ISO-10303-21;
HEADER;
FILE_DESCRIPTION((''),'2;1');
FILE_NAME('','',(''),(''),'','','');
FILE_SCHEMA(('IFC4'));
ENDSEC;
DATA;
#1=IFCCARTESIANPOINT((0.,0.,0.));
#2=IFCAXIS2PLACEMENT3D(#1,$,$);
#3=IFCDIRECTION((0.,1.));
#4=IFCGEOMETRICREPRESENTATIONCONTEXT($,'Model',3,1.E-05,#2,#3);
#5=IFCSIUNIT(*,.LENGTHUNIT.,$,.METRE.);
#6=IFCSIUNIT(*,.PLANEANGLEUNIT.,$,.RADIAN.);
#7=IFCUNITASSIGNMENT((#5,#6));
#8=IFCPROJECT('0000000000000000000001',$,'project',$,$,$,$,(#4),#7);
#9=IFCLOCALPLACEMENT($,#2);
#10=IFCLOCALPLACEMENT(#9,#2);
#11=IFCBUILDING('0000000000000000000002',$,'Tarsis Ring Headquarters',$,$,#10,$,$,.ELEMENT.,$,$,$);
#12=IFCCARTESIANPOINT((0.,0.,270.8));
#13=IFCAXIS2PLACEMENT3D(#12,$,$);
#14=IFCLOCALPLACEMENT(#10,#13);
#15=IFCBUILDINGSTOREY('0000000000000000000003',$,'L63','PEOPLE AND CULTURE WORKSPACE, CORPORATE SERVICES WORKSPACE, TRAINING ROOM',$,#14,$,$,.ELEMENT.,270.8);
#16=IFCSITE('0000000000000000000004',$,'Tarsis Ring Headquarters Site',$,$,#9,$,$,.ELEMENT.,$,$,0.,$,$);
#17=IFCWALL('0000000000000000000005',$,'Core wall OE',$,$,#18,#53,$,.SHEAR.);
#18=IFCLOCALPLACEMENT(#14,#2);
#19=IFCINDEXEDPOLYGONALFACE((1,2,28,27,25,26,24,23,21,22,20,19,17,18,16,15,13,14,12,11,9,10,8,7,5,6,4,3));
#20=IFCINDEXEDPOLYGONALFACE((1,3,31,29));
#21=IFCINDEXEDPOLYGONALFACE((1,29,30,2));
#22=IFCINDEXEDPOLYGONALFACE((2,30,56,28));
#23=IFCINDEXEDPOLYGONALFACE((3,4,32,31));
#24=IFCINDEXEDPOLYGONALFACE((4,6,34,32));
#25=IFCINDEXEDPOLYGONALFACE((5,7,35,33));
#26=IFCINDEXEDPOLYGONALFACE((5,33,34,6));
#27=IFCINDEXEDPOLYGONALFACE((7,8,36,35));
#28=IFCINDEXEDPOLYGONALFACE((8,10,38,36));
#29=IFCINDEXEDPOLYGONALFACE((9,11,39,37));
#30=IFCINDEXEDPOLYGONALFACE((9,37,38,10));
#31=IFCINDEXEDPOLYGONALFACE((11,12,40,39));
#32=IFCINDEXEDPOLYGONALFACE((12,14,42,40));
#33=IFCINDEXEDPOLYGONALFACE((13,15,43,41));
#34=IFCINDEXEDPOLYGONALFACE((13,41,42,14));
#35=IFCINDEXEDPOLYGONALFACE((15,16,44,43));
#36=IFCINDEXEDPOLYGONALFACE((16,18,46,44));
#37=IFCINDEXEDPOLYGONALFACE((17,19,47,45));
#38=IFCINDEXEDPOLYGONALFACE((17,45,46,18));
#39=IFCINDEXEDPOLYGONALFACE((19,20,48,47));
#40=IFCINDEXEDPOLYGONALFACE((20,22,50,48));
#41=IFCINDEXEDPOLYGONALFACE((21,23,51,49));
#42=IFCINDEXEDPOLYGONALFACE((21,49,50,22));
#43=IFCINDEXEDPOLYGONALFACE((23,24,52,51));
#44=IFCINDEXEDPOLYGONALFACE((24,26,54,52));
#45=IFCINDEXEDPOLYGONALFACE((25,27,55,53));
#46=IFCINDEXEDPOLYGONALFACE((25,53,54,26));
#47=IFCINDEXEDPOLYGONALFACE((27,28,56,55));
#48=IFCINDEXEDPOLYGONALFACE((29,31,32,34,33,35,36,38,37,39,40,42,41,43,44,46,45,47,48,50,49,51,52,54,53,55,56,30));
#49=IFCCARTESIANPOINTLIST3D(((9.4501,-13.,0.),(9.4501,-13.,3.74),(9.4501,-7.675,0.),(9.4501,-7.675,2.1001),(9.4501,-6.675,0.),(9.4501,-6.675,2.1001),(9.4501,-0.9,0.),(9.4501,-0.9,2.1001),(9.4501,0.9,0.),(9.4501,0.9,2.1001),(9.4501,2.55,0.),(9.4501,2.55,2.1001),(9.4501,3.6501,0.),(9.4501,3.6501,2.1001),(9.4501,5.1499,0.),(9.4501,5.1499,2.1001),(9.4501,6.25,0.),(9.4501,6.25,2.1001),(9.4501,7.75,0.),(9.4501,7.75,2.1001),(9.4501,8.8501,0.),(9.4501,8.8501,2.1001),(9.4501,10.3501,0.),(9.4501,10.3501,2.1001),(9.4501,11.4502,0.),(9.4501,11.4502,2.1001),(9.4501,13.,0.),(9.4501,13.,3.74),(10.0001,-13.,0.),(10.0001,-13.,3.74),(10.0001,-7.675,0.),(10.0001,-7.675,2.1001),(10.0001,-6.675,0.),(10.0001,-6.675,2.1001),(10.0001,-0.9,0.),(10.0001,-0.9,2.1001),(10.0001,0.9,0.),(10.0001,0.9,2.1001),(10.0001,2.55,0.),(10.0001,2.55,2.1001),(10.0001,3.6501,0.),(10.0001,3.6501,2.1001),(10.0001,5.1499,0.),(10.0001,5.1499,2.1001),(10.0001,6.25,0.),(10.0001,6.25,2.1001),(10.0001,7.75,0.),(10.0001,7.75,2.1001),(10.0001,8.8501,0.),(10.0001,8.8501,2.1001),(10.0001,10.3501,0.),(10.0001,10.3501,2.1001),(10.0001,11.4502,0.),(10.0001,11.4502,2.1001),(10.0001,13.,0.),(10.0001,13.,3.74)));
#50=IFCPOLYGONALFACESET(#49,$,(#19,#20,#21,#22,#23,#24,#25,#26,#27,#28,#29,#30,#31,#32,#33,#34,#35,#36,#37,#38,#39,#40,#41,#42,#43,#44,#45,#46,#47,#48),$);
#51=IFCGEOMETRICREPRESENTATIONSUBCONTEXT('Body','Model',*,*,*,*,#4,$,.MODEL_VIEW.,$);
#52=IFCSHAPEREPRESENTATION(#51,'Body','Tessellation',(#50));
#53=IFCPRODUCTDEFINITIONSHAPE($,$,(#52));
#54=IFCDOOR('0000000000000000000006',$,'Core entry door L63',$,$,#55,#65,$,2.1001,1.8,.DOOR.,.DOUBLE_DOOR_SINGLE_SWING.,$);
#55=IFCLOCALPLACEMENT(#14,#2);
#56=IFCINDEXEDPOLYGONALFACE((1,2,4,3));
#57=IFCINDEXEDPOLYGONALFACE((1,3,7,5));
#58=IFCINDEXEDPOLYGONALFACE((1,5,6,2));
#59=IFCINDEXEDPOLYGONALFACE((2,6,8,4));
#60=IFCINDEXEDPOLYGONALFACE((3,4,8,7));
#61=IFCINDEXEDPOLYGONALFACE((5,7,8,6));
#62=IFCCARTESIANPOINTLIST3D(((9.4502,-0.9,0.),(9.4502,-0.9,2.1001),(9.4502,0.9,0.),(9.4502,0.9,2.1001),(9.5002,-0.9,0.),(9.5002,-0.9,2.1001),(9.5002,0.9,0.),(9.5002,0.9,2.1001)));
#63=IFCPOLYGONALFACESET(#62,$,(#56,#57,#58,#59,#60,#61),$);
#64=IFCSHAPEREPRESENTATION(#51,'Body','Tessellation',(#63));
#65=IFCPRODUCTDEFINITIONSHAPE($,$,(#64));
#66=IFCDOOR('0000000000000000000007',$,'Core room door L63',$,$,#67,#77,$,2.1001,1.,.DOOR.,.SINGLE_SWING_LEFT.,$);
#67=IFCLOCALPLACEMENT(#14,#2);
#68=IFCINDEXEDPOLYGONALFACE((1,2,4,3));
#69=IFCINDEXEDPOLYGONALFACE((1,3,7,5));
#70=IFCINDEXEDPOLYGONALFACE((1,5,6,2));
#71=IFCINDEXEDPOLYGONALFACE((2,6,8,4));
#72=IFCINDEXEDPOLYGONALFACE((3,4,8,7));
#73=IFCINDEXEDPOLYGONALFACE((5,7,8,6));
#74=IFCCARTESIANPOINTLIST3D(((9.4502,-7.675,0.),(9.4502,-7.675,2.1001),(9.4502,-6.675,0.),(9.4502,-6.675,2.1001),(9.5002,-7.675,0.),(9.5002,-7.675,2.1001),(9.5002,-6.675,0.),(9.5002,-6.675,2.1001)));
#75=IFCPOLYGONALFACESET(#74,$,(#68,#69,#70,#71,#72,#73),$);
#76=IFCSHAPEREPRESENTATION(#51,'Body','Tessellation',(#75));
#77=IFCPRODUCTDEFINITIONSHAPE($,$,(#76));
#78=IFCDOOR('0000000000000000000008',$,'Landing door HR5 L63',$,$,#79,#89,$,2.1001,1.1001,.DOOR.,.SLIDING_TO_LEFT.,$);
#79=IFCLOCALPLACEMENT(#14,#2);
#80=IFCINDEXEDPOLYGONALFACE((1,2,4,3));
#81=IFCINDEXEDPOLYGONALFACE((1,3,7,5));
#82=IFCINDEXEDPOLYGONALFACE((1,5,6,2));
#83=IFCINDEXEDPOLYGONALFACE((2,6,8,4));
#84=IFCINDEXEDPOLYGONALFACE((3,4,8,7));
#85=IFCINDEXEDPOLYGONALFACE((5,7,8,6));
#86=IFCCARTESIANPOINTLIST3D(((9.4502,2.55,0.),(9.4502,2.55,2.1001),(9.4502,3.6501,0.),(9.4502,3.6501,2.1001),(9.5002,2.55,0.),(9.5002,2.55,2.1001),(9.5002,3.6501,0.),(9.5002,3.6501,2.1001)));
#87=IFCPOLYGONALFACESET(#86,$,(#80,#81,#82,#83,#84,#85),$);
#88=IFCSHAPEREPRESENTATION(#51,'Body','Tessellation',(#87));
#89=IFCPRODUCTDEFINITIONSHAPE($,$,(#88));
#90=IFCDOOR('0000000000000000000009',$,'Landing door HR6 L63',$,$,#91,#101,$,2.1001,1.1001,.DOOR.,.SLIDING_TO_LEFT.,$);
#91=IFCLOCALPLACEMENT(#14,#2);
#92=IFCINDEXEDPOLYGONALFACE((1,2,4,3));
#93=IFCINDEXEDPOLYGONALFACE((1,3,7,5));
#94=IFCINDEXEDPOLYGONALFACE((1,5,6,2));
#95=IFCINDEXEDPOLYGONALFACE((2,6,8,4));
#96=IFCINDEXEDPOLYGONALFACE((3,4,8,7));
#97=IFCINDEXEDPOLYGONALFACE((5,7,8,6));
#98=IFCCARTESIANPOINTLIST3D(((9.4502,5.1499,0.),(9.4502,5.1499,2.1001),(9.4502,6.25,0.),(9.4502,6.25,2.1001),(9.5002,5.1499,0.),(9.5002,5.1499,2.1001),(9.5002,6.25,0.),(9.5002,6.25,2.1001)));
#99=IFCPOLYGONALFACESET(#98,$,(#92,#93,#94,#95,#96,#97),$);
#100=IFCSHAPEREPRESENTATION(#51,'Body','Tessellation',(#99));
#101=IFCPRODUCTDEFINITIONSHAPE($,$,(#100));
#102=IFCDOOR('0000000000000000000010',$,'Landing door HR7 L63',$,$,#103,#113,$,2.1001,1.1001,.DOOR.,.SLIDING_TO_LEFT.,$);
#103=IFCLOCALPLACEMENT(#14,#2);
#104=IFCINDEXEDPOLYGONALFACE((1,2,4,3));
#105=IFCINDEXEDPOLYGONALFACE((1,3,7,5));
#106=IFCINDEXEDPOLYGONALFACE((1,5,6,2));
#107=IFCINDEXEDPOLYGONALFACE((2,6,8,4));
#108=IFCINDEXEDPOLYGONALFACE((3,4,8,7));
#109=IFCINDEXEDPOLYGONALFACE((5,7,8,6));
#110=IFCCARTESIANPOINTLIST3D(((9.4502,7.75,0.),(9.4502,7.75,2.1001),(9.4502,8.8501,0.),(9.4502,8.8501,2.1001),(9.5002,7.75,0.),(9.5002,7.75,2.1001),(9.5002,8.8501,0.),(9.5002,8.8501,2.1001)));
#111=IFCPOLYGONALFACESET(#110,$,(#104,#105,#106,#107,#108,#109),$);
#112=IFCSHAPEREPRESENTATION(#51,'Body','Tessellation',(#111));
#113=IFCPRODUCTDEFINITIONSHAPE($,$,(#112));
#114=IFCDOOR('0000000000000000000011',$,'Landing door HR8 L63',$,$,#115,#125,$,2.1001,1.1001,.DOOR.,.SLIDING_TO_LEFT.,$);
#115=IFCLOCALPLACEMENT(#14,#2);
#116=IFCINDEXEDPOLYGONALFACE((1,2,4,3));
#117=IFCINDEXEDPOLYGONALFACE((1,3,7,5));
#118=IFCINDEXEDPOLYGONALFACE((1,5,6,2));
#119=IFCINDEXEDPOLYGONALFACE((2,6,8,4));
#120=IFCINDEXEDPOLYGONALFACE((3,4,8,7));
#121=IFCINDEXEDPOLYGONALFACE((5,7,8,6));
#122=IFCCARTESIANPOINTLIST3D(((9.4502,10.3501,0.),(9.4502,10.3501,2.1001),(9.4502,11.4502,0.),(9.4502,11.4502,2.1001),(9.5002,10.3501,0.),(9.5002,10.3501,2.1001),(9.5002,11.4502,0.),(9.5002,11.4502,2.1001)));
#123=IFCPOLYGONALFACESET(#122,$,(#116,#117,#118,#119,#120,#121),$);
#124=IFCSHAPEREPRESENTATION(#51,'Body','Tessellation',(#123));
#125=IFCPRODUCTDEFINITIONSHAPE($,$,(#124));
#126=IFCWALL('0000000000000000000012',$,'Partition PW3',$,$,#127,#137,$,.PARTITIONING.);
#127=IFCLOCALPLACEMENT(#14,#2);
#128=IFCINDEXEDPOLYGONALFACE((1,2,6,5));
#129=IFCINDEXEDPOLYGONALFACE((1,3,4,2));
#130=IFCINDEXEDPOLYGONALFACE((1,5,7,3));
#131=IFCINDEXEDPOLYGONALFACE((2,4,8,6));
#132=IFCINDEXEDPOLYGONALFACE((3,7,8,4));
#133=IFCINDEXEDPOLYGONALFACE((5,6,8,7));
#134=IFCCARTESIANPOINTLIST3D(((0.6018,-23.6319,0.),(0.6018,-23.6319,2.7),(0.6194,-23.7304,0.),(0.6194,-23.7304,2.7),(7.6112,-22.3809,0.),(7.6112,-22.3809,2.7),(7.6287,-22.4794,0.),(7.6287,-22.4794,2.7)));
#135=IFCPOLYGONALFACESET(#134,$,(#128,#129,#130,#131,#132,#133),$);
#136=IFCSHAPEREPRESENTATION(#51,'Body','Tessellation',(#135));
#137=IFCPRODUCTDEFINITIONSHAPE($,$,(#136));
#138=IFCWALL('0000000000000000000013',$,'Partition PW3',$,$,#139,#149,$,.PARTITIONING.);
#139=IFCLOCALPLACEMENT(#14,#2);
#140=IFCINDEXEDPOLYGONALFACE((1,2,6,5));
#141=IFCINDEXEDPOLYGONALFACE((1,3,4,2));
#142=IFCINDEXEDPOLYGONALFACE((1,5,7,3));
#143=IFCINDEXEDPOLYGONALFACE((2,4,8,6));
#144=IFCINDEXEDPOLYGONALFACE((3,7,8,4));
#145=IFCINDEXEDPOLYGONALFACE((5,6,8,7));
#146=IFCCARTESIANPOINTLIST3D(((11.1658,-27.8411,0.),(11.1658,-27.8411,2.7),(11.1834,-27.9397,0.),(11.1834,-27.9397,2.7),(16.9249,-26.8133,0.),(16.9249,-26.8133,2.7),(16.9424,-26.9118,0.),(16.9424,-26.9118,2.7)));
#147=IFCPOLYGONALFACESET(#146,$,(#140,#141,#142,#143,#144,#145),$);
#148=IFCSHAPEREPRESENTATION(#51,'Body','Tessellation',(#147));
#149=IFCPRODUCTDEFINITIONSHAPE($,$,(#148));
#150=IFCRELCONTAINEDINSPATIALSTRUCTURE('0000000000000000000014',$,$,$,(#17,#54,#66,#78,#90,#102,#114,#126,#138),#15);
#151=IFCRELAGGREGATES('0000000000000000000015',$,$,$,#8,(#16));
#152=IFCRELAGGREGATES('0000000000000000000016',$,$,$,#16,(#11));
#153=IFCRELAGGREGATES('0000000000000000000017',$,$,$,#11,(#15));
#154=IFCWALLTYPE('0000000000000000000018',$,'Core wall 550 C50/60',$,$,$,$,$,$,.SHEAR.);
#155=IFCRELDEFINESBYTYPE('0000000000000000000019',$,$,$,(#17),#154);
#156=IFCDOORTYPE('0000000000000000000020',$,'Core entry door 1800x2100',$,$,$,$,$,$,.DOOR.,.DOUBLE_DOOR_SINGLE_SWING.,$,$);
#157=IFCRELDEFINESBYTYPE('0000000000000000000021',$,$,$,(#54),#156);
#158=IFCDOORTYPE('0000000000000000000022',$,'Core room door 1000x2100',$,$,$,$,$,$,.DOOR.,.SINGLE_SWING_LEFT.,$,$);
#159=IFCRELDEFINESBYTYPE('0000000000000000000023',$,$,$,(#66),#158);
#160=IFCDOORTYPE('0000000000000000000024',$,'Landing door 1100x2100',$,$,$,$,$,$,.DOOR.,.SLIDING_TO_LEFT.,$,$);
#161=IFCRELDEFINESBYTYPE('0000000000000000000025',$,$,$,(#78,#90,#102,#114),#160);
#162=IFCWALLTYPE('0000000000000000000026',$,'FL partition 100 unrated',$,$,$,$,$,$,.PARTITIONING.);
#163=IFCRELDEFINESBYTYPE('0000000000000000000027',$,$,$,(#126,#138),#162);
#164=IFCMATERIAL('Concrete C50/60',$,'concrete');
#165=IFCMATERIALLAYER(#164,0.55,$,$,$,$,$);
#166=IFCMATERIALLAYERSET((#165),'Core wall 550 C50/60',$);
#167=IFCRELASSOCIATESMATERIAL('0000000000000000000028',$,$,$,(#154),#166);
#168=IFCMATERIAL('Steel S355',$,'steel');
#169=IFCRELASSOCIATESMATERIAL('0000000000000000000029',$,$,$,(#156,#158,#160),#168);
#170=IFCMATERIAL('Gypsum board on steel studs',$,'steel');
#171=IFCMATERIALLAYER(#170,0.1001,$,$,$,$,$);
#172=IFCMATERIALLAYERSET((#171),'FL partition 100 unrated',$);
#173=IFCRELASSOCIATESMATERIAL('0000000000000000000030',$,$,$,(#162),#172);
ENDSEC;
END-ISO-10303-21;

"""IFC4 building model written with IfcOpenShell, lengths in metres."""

from ifc_helpers import new_model, si_unit, direction, frame, frame_2d, origin, place, context, subcontext, project, spatial, rectangle, extrude, material, layer, layer_set, type_object, element, fill, save


model = new_model("IFC4")

# Units and contexts
model_context = context("Model", 3, precision=1e-05, world=origin(), true_north=direction((0.0, 1.0)))
body_context = subcontext(model_context, "Body", "Model", "MODEL_VIEW")
ifc_project = project(units=[si_unit("LENGTHUNIT", "METRE"), si_unit("PLANEANGLEUNIT", "RADIAN")], contexts=[model_context])

# Site, building, storey
site_placement = place(None, origin())
site = spatial("IfcSite", under=ifc_project, at=site_placement, Name="Tarsis Ring Headquarters Site", CompositionType="ELEMENT", RefElevation=0.0)
building_placement = place(site_placement, origin())
building = spatial("IfcBuilding", under=site, at=building_placement, Name="Tarsis Ring Headquarters", CompositionType="ELEMENT")
storey_placement = place(building_placement, frame((0.0, 0.0, 270.8)))
storey = spatial("IfcBuildingStorey", under=building, at=storey_placement, Name="L63", Description="PEOPLE AND CULTURE WORKSPACE, CORPORATE SERVICES WORKSPACE, TRAINING ROOM", CompositionType="ELEMENT", Elevation=270.8)

# Wall, openings, doors
ifc_material_1 = material(Name="Concrete C50/60", Category="concrete")
ifc_layer_1 = layer(ifc_material_1, 0.55)
ifc_layer_set_1 = layer_set([ifc_layer_1], Name="Core wall 550 C50/60")
wall_type_1 = type_object("IfcWallType", Name="Core wall 550 C50/60", PredefinedType="SHEAR", material=ifc_layer_set_1)
wall_1_placement = place(storey_placement, frame((9.7251, -13.0, 0.0), z_axis=(0.0, 0.0, 1.0), x_axis=(0.0, 1.0, 0.0)))
wall_1 = element("IfcWall", 1, at=wall_1_placement, inside=storey, type_object=wall_type_1, Name="Core wall OE", PredefinedType="SHEAR", context=body_context, shape_type="SweptSolid", body=[
    extrude(rectangle(XDim=26.0, YDim=0.55, at=frame_2d((13.0, 0.0))), origin(), (0.0, 0.0, 1.0), 3.74),
])
opening_1_placement = place(wall_1_placement, frame((5.325, 0.0, 0.0)))
opening_1 = element("IfcOpeningElement", 2, at=opening_1_placement, cuts=wall_1, PredefinedType="OPENING", context=body_context, shape_type="SweptSolid", body=[
    extrude(rectangle(XDim=1.0, YDim=2.1001, at=frame_2d((0.5, 1.05))), frame((0.0, 0.2849, 0.0), z_axis=(0.0, -1.0, 0.0), x_axis=(1.0, 0.0, 0.0)), (0.0, 0.0, 1.0), 0.5701),
])
opening_2_placement = place(wall_1_placement, frame((12.1001, 0.0, 0.0)))
opening_2 = element("IfcOpeningElement", 3, at=opening_2_placement, cuts=wall_1, PredefinedType="OPENING", context=body_context, shape_type="SweptSolid", body=[
    extrude(rectangle(XDim=1.8, YDim=2.1001, at=frame_2d((0.8999, 1.05))), frame((0.0, 0.2849, 0.0), z_axis=(0.0, -1.0, 0.0), x_axis=(1.0, 0.0, 0.0)), (0.0, 0.0, 1.0), 0.5701),
])
opening_3_placement = place(wall_1_placement, frame((15.55, 0.0, 0.0)))
opening_3 = element("IfcOpeningElement", 4, at=opening_3_placement, cuts=wall_1, PredefinedType="OPENING", context=body_context, shape_type="SweptSolid", body=[
    extrude(rectangle(XDim=1.1001, YDim=2.1001, at=frame_2d((0.55, 1.05))), frame((0.0, 0.2849, 0.0), z_axis=(0.0, -1.0, 0.0), x_axis=(1.0, 0.0, 0.0)), (0.0, 0.0, 1.0), 0.5701),
])
opening_4_placement = place(wall_1_placement, frame((18.1499, 0.0, 0.0)))
opening_4 = element("IfcOpeningElement", 5, at=opening_4_placement, cuts=wall_1, PredefinedType="OPENING", context=body_context, shape_type="SweptSolid", body=[
    extrude(rectangle(XDim=1.1001, YDim=2.1001, at=frame_2d((0.55, 1.05))), frame((0.0, 0.2849, 0.0), z_axis=(0.0, -1.0, 0.0), x_axis=(1.0, 0.0, 0.0)), (0.0, 0.0, 1.0), 0.5701),
])
opening_5_placement = place(wall_1_placement, frame((20.75, 0.0, 0.0)))
opening_5 = element("IfcOpeningElement", 6, at=opening_5_placement, cuts=wall_1, PredefinedType="OPENING", context=body_context, shape_type="SweptSolid", body=[
    extrude(rectangle(XDim=1.1001, YDim=2.1001, at=frame_2d((0.55, 1.05))), frame((0.0, 0.2849, 0.0), z_axis=(0.0, -1.0, 0.0), x_axis=(1.0, 0.0, 0.0)), (0.0, 0.0, 1.0), 0.5701),
])
opening_6_placement = place(wall_1_placement, frame((23.3501, 0.0, 0.0)))
opening_6 = element("IfcOpeningElement", 7, at=opening_6_placement, cuts=wall_1, PredefinedType="OPENING", context=body_context, shape_type="SweptSolid", body=[
    extrude(rectangle(XDim=1.1001, YDim=2.1001, at=frame_2d((0.55, 1.05))), frame((0.0, 0.2849, 0.0), z_axis=(0.0, -1.0, 0.0), x_axis=(1.0, 0.0, 0.0)), (0.0, 0.0, 1.0), 0.5701),
])
ifc_material_2 = material(Name="Steel S355", Category="steel")
door_type_1 = type_object("IfcDoorType", Name="Core entry door 1800x2100", OperationType="DOUBLE_DOOR_SINGLE_SWING", PredefinedType="DOOR", material=ifc_material_2)
door_1_placement = place(opening_2_placement, origin())
door_1 = element("IfcDoor", 8, at=door_1_placement, inside=storey, type_object=door_type_1, Name="Core entry door L63", OperationType="DOUBLE_DOOR_SINGLE_SWING", OverallHeight=2.1001, OverallWidth=1.8, PredefinedType="DOOR", context=body_context, shape_type="SweptSolid", body=[
    extrude(rectangle(XDim=1.8, YDim=2.1001, at=frame_2d((0.8999, 1.05))), frame((0.0, 0.2749, 0.0), z_axis=(0.0, -1.0, 0.0), x_axis=(1.0, 0.0, 0.0)), (0.0, 0.0, 1.0), 0.05),
])
fill(opening_2, door_1)
door_type_2 = type_object("IfcDoorType", Name="Core room door 1000x2100", OperationType="SINGLE_SWING_LEFT", PredefinedType="DOOR", material=ifc_material_2)
door_2_placement = place(opening_1_placement, origin())
door_2 = element("IfcDoor", 9, at=door_2_placement, inside=storey, type_object=door_type_2, Name="Core room door L63", OperationType="SINGLE_SWING_LEFT", OverallHeight=2.1001, OverallWidth=1.0, PredefinedType="DOOR", context=body_context, shape_type="SweptSolid", body=[
    extrude(rectangle(XDim=1.0, YDim=2.1001, at=frame_2d((0.5, 1.05))), frame((0.0, 0.2749, 0.0), z_axis=(0.0, -1.0, 0.0), x_axis=(1.0, 0.0, 0.0)), (0.0, 0.0, 1.0), 0.05),
])
fill(opening_1, door_2)
door_type_3 = type_object("IfcDoorType", Name="Landing door 1100x2100", OperationType="SLIDING_TO_LEFT", PredefinedType="DOOR", material=ifc_material_2)
door_3_placement = place(opening_3_placement, origin())
door_3 = element("IfcDoor", 10, at=door_3_placement, inside=storey, type_object=door_type_3, Name="Landing door HR5 L63", OperationType="SLIDING_TO_LEFT", OverallHeight=2.1001, OverallWidth=1.1001, PredefinedType="DOOR", context=body_context, shape_type="SweptSolid", body=[
    extrude(rectangle(XDim=1.1001, YDim=2.1001, at=frame_2d((0.55, 1.05))), frame((0.0, 0.2749, 0.0), z_axis=(0.0, -1.0, 0.0), x_axis=(1.0, 0.0, 0.0)), (0.0, 0.0, 1.0), 0.05),
])
fill(opening_3, door_3)
door_4_placement = place(opening_4_placement, origin())
door_4 = element("IfcDoor", 11, at=door_4_placement, inside=storey, type_object=door_type_3, Name="Landing door HR6 L63", OperationType="SLIDING_TO_LEFT", OverallHeight=2.1001, OverallWidth=1.1001, PredefinedType="DOOR", context=body_context, shape_type="SweptSolid", body=[
    extrude(rectangle(XDim=1.1001, YDim=2.1001, at=frame_2d((0.55, 1.05))), frame((0.0, 0.2749, 0.0), z_axis=(0.0, -1.0, 0.0), x_axis=(1.0, 0.0, 0.0)), (0.0, 0.0, 1.0), 0.05),
])
fill(opening_4, door_4)
door_5_placement = place(opening_5_placement, origin())
door_5 = element("IfcDoor", 12, at=door_5_placement, inside=storey, type_object=door_type_3, Name="Landing door HR7 L63", OperationType="SLIDING_TO_LEFT", OverallHeight=2.1001, OverallWidth=1.1001, PredefinedType="DOOR", context=body_context, shape_type="SweptSolid", body=[
    extrude(rectangle(XDim=1.1001, YDim=2.1001, at=frame_2d((0.55, 1.05))), frame((0.0, 0.2749, 0.0), z_axis=(0.0, -1.0, 0.0), x_axis=(1.0, 0.0, 0.0)), (0.0, 0.0, 1.0), 0.05),
])
fill(opening_5, door_5)
door_6_placement = place(opening_6_placement, origin())
door_6 = element("IfcDoor", 13, at=door_6_placement, inside=storey, type_object=door_type_3, Name="Landing door HR8 L63", OperationType="SLIDING_TO_LEFT", OverallHeight=2.1001, OverallWidth=1.1001, PredefinedType="DOOR", context=body_context, shape_type="SweptSolid", body=[
    extrude(rectangle(XDim=1.1001, YDim=2.1001, at=frame_2d((0.55, 1.05))), frame((0.0, 0.2749, 0.0), z_axis=(0.0, -1.0, 0.0), x_axis=(1.0, 0.0, 0.0)), (0.0, 0.0, 1.0), 0.05),
])
fill(opening_6, door_6)

# Walls
ifc_material_3 = material(Name="Gypsum board on steel studs", Category="steel")
ifc_layer_2 = layer(ifc_material_3, 0.1001)
ifc_layer_set_2 = layer_set([ifc_layer_2], Name="FL partition 100 unrated")
wall_type_2 = type_object("IfcWallType", Name="FL partition 100 unrated", PredefinedType="PARTITIONING", material=ifc_layer_set_2)
wall_2_placement = place(storey_placement, frame((0.6106, -23.6812, 0.0), z_axis=(0.0, 0.0, 1.0), x_axis=(0.984444, 0.175698, 0.0)))
element("IfcWall", 14, at=wall_2_placement, inside=storey, type_object=wall_type_2, Name="Partition PW3", PredefinedType="PARTITIONING", context=body_context, shape_type="SweptSolid", body=[
    extrude(rectangle(XDim=7.1201, YDim=0.1001, at=frame_2d((3.5601, 0.0))), origin(), (0.0, 0.0, 1.0), 2.7),
])
wall_3_placement = place(storey_placement, frame((11.1746, -27.8904, 0.0), z_axis=(0.0, 0.0, 1.0), x_axis=(0.984444, 0.175697, 0.0)))
element("IfcWall", 15, at=wall_3_placement, inside=storey, type_object=wall_type_2, Name="Partition PW3", PredefinedType="PARTITIONING", context=body_context, shape_type="SweptSolid", body=[
    extrude(rectangle(XDim=5.8501, YDim=0.1001, at=frame_2d((2.925, 0.0))), origin(), (0.0, 0.0, 1.0), 2.7),
])

save(model, "model.ifc")
